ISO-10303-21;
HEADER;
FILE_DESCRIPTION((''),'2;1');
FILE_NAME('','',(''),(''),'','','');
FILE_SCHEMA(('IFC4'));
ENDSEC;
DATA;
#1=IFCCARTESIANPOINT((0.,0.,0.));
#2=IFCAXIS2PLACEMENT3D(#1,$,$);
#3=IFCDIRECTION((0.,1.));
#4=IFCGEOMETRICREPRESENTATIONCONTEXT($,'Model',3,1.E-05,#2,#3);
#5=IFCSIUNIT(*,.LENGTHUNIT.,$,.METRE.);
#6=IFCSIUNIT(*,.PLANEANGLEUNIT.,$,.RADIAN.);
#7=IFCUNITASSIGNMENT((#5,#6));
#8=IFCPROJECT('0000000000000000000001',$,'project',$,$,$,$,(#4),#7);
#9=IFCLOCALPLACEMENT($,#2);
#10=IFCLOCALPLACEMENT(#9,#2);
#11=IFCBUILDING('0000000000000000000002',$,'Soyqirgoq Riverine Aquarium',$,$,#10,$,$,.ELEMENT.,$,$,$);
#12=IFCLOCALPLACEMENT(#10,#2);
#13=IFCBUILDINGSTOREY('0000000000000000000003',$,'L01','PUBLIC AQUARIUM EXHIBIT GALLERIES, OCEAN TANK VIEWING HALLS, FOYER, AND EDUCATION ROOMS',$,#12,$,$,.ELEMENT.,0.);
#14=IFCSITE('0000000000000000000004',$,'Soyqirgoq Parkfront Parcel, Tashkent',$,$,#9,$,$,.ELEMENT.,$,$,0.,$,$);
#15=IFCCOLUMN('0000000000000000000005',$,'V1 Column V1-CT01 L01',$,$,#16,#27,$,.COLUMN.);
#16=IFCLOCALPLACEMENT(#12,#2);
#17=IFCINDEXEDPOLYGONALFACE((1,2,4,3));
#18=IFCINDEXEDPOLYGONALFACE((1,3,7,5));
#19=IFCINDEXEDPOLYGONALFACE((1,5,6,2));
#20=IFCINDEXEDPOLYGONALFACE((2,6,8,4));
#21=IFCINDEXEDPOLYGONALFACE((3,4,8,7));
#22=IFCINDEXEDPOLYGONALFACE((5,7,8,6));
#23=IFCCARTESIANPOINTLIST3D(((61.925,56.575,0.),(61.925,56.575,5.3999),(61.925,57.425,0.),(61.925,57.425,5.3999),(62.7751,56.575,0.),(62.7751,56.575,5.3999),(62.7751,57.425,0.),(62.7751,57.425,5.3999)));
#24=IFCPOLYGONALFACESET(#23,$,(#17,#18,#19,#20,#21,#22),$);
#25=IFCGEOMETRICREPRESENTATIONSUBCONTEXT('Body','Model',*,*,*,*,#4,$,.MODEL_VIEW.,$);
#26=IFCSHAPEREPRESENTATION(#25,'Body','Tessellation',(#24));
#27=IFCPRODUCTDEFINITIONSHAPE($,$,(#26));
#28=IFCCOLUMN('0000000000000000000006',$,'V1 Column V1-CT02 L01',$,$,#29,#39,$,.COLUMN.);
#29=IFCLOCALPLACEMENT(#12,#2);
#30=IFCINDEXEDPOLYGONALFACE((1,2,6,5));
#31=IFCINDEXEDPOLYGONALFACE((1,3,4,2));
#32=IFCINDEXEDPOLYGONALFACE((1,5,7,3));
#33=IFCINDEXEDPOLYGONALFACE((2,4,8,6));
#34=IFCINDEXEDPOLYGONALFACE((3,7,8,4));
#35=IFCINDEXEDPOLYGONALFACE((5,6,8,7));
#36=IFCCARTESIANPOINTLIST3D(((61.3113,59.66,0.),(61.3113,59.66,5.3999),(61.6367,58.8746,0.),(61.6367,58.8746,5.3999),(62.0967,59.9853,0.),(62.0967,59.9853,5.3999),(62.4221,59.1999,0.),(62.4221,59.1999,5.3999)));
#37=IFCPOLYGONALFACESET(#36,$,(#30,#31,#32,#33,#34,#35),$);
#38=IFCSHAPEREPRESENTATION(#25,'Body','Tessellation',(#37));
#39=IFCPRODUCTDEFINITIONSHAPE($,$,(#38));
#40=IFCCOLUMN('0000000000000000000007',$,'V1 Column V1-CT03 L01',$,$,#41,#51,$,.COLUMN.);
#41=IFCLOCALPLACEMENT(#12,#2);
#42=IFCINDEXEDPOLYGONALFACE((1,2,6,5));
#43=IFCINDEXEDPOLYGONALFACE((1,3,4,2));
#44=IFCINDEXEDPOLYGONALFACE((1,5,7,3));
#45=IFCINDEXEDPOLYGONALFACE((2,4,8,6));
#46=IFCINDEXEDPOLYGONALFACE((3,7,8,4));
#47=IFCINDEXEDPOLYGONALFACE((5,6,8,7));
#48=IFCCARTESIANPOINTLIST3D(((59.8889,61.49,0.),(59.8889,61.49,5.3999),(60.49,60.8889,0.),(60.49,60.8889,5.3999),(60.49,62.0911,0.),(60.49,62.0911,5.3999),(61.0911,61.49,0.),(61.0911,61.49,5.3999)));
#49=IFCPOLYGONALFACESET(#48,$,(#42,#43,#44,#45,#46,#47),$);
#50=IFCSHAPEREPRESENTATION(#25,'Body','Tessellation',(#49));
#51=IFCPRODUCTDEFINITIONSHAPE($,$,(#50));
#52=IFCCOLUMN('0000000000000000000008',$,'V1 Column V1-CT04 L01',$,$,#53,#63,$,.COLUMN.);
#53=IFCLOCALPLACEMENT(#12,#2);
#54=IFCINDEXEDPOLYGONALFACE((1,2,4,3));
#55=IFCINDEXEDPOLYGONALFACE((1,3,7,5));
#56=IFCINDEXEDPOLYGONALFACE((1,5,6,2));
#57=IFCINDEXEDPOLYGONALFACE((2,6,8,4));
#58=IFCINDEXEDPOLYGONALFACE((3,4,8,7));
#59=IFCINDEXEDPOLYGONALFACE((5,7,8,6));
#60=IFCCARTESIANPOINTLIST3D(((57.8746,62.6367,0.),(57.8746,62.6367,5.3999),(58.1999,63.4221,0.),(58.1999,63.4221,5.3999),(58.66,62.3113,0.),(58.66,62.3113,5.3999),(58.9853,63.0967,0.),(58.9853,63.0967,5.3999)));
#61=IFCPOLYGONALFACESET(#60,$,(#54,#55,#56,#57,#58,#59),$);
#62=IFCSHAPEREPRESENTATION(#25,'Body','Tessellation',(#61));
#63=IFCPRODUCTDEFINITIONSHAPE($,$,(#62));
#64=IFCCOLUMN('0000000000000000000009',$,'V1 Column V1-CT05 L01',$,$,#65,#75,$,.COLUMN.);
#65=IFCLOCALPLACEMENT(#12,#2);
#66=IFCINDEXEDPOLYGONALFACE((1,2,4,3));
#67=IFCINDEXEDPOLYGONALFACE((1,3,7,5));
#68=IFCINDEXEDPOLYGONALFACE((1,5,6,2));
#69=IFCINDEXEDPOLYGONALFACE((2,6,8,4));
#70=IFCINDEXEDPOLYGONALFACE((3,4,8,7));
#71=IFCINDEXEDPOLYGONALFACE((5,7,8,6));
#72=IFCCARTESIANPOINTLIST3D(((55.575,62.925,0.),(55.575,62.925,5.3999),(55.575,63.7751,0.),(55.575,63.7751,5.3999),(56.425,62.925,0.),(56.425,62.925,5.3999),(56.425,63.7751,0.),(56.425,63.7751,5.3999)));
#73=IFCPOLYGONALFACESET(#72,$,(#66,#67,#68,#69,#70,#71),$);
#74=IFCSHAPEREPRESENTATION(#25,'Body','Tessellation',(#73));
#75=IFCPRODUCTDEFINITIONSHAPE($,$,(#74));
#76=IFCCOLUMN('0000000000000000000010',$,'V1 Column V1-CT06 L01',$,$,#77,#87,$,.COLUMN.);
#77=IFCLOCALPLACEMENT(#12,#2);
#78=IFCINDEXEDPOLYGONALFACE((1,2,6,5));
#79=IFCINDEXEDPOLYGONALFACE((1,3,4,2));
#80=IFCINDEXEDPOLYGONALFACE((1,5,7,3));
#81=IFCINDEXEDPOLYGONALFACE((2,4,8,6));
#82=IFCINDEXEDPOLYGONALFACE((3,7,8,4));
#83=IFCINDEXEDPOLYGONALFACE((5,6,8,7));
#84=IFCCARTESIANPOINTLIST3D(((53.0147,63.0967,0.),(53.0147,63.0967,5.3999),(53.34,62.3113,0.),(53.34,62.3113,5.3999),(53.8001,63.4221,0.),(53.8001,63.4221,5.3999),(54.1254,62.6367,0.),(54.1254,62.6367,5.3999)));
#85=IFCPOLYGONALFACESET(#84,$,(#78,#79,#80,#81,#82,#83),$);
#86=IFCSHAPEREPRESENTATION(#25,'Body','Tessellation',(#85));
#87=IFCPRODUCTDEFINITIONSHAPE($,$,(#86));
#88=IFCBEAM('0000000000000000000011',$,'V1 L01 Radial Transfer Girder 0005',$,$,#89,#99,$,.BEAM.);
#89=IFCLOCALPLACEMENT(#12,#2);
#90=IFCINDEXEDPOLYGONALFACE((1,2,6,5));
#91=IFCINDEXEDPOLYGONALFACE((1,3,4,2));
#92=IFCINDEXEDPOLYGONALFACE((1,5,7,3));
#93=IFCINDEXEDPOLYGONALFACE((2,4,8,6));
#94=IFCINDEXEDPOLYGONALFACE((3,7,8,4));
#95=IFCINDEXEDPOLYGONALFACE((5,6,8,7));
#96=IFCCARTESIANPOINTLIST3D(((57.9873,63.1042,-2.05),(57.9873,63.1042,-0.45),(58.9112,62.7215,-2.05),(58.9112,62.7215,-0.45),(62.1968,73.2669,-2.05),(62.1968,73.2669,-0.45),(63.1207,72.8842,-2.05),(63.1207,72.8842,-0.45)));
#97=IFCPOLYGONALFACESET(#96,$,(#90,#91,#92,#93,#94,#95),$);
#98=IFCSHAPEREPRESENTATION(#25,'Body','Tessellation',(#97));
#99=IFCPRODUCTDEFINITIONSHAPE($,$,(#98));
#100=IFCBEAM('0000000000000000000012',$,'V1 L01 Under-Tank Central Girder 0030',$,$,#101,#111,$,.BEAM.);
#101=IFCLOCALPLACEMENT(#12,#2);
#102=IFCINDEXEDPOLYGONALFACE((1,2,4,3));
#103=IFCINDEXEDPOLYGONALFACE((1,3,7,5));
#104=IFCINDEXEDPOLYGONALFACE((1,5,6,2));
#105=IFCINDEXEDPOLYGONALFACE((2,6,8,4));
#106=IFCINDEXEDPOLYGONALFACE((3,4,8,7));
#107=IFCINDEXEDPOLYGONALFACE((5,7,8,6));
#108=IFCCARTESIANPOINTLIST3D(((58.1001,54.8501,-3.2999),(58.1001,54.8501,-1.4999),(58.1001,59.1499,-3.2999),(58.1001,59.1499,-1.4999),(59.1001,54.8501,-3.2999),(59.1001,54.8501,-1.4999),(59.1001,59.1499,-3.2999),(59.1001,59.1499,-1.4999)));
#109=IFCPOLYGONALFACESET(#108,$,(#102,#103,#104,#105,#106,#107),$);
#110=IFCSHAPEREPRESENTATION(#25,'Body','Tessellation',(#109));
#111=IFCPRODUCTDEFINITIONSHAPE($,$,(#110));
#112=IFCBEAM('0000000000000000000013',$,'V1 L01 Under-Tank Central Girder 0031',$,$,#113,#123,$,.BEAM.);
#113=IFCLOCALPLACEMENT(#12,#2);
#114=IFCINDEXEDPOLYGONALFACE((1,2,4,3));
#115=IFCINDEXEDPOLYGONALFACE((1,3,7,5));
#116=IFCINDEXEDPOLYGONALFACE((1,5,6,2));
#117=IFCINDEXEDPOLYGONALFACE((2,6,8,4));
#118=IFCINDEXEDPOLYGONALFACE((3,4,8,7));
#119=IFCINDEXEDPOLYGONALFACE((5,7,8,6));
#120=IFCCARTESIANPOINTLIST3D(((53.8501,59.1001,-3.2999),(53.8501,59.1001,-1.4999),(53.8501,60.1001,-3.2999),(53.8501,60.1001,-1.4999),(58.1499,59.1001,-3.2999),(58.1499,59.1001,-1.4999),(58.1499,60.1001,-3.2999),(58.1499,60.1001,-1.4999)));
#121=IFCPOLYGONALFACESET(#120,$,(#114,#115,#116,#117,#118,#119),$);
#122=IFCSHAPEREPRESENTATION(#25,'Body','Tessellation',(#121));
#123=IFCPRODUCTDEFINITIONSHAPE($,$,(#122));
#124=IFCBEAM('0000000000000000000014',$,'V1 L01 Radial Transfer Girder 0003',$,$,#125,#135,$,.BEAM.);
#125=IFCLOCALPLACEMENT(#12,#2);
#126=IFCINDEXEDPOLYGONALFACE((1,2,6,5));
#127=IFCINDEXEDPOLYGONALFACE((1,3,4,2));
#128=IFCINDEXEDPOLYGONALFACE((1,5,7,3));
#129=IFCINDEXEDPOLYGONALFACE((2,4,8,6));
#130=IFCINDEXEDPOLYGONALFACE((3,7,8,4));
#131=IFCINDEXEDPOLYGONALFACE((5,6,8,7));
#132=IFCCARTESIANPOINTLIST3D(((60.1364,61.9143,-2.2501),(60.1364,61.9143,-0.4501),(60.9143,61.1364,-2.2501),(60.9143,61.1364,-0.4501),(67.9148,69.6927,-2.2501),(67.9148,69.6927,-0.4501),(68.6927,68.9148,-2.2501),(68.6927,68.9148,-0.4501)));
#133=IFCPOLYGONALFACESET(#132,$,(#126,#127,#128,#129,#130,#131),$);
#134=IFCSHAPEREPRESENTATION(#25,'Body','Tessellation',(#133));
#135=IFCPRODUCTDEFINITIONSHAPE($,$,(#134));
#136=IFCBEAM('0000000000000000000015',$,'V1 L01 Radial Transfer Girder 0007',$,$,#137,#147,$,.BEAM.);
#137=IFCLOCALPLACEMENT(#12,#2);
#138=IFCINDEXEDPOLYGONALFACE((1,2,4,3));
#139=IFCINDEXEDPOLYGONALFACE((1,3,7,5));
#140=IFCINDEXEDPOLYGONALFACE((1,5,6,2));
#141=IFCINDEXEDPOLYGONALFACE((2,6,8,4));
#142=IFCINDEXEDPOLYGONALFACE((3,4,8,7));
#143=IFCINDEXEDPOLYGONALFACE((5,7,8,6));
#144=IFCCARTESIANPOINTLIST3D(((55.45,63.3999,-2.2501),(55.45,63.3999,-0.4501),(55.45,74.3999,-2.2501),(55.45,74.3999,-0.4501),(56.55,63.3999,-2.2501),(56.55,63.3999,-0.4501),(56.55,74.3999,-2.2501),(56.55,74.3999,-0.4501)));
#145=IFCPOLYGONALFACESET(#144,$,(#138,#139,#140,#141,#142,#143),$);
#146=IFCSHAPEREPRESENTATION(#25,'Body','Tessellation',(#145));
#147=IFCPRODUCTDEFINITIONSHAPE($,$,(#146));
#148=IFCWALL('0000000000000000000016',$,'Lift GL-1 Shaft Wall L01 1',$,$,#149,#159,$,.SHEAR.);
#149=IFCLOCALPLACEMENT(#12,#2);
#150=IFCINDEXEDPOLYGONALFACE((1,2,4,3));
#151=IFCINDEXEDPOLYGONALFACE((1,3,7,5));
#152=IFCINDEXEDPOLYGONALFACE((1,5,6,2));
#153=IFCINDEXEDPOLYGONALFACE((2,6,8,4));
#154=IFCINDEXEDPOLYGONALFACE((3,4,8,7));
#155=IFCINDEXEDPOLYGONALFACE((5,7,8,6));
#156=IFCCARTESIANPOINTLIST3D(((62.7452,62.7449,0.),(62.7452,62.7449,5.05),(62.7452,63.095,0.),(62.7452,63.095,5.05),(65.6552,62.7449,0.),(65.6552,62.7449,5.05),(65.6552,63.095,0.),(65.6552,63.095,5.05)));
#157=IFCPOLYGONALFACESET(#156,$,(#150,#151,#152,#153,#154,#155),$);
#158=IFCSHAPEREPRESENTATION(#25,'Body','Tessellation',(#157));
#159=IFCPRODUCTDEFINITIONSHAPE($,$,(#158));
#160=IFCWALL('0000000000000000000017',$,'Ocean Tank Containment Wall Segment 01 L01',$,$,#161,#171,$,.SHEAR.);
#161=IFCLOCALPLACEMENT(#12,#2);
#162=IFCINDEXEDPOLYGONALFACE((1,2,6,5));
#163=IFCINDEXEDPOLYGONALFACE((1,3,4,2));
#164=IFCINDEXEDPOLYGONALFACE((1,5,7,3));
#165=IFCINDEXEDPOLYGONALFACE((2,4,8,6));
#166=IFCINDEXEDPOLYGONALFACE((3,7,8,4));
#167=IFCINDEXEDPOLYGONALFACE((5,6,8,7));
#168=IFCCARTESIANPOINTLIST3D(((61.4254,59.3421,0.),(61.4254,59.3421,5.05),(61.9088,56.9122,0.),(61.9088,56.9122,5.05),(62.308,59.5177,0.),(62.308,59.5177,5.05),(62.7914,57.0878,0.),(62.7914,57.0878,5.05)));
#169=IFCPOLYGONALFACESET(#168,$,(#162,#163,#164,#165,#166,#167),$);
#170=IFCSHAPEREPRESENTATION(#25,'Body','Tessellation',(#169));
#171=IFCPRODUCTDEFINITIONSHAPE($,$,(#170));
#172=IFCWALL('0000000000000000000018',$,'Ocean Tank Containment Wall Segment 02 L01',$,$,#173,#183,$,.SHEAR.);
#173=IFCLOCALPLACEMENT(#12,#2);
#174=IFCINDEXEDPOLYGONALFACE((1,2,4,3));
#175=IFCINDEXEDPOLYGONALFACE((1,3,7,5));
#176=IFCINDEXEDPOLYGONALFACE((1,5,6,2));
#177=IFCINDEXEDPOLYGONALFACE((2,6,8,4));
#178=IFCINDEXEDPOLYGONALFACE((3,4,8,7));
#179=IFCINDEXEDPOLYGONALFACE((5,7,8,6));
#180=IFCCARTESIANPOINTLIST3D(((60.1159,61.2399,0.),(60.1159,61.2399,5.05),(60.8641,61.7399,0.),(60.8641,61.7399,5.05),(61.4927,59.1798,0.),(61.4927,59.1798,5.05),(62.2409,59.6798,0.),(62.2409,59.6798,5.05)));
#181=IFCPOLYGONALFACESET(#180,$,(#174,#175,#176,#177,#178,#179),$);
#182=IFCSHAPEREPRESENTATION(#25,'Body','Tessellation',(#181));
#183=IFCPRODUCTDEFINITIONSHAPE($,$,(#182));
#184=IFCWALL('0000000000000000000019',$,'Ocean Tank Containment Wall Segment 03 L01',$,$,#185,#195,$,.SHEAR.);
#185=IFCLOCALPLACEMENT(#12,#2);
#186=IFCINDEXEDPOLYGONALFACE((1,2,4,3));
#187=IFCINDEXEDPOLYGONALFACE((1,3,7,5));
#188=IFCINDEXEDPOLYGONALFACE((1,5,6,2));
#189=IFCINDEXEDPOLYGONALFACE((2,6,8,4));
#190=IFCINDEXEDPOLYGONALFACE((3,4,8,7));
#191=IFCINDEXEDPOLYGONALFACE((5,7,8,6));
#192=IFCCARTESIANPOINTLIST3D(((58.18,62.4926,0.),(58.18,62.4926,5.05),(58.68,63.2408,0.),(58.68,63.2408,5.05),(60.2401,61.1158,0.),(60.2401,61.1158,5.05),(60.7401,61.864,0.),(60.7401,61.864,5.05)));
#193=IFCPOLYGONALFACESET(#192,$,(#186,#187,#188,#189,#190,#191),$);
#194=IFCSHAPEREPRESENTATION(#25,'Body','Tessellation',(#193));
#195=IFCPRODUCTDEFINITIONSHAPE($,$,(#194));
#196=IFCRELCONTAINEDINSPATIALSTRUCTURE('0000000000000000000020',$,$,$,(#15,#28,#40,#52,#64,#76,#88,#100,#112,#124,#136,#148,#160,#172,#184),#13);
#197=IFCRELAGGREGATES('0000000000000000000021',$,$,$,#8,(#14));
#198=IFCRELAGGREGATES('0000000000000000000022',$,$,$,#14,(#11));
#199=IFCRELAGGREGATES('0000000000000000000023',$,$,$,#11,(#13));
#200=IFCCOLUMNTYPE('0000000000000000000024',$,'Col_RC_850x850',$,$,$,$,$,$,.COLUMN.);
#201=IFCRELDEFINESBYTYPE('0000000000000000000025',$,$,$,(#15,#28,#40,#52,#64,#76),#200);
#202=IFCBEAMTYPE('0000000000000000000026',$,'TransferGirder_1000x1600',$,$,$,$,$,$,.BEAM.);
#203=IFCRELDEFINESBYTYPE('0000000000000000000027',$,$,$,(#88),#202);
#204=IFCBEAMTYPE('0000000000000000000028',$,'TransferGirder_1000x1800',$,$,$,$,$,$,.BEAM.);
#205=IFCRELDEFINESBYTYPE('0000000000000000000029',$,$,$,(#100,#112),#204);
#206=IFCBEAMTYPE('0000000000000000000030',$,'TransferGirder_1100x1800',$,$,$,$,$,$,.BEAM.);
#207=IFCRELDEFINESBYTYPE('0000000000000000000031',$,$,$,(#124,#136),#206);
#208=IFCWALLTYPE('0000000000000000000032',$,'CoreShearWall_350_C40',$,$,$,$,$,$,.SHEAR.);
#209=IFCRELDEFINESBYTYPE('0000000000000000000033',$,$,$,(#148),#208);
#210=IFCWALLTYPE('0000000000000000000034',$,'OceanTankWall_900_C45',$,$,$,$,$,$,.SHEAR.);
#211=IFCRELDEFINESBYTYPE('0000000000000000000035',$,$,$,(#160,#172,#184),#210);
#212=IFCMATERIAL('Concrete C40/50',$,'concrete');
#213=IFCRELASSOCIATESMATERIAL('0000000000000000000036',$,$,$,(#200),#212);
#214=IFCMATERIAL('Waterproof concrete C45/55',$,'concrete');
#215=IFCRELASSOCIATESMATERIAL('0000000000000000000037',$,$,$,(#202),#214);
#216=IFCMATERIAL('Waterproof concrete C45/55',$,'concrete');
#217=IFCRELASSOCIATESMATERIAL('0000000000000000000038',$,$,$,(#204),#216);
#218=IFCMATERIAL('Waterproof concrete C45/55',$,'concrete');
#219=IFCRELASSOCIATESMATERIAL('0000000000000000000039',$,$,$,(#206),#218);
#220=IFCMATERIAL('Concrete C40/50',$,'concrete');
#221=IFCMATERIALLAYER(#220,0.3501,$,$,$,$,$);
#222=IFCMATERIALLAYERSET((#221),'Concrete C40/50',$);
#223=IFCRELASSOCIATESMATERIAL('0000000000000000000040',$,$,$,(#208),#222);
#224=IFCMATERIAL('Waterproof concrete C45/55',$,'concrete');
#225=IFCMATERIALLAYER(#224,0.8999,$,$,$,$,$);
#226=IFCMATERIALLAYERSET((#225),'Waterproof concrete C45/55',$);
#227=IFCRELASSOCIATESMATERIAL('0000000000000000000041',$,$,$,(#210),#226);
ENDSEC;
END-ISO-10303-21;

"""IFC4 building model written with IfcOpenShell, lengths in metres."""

from ifc_helpers import new_model, si_unit, direction, frame, frame_2d, origin, origin_2d, place, context, subcontext, project, spatial, rectangle, extrude, material, layer, layer_set, material_profile, profile_set, type_object, element, save


model = new_model("IFC4")

# Units and contexts
model_context = context("Model", 3, precision=1e-05, world=origin(), true_north=direction((0.0, 1.0)))
body_context = subcontext(model_context, "Body", "Model", "MODEL_VIEW")
ifc_project = project(units=[si_unit("LENGTHUNIT", "METRE"), si_unit("PLANEANGLEUNIT", "RADIAN")], contexts=[model_context])

# Site, building, storey
site_placement = place(None, origin())
site = spatial("IfcSite", under=ifc_project, at=site_placement, Name="Soyqirgoq Parkfront Parcel, Tashkent", CompositionType="ELEMENT", RefElevation=0.0)
building_placement = place(site_placement, origin())
building = spatial("IfcBuilding", under=site, at=building_placement, Name="Soyqirgoq Riverine Aquarium", CompositionType="ELEMENT")
storey_placement = place(building_placement, origin())
storey = spatial("IfcBuildingStorey", under=building, at=storey_placement, Name="L01", Description="PUBLIC AQUARIUM EXHIBIT GALLERIES, OCEAN TANK VIEWING HALLS, FOYER, AND EDUCATION ROOMS", CompositionType="ELEMENT", Elevation=0.0)

# Columns
ifc_material_1 = material(Name="Concrete C40/50", Category="concrete")
ifc_material_profile_1 = material_profile(ifc_material_1, rectangle(XDim=0.8501, YDim=0.8501, at=origin_2d()), Name="RC 850x850")
ifc_profile_set_1 = profile_set([ifc_material_profile_1], Name="Concrete C40/50")
column_type = type_object("IfcColumnType", Name="Col_RC_850x850", PredefinedType="COLUMN", material=ifc_profile_set_1)
for number, where, z_axis, x_axis, name in (
    (1, (62.3501, 57.0, 0.0), (0.0, 0.0, 1.0), (1.0, 0.0, 0.0), "V1 Column V1-CT01 L01"),
    (2, (61.8667, 59.4299, 0.0), (0.0, 0.0, 1.0), (0.92388, 0.382683, 0.0), "V1 Column V1-CT02 L01"),
    (3, (60.49, 61.49, 0.0), (0.0, 0.0, 1.0), (0.707107, 0.707107, 0.0), "V1 Column V1-CT03 L01"),
    (4, (58.4299, 62.8667, 0.0), (0.0, 0.0, 1.0), (0.382683, 0.92388, 0.0), "V1 Column V1-CT04 L01"),
    (5, (56.0, 63.3501, 0.0), (0.0, 0.0, 1.0), (0.0, 1.0, 0.0), "V1 Column V1-CT05 L01"),
    (6, (53.5701, 62.8667, 0.0), (0.0, 0.0, 1.0), (-0.382683, 0.92388, 0.0), "V1 Column V1-CT06 L01"),
):
    element("IfcColumn", number, at=place(storey_placement, frame(where, z_axis=z_axis, x_axis=x_axis)), inside=storey, type_object=column_type, Name=name, PredefinedType="COLUMN", context=body_context, shape_type="SweptSolid", body=[
        extrude(rectangle(XDim=0.8501, YDim=0.8501, at=origin_2d()), origin(), (0.0, 0.0, 1.0), 5.3999),
    ])

# Beams
ifc_material_2 = material(Name="Waterproof concrete C45/55", Category="concrete")
ifc_material_profile_2 = material_profile(ifc_material_2, rectangle(XDim=1.0, YDim=1.6001, at=origin_2d()), Name="RC 1000x1600")
ifc_profile_set_2 = profile_set([ifc_material_profile_2], Name="Waterproof concrete C45/55")
beam_type_1 = type_object("IfcBeamType", Name="TransferGirder_1000x1600", PredefinedType="BEAM", material=ifc_profile_set_2)
beam_1_placement = place(storey_placement, frame((58.4492, 62.9128, -1.25), z_axis=(0.382682, 0.92388, 0.0), x_axis=(-0.92388, 0.382682, 0.0)))
element("IfcBeam", 7, at=beam_1_placement, inside=storey, type_object=beam_type_1, Name="V1 L01 Radial Transfer Girder 0005", PredefinedType="BEAM", context=body_context, shape_type="SweptSolid", body=[
    extrude(rectangle(XDim=1.0, YDim=1.6001, at=origin_2d()), origin(), (0.0, 0.0, 1.0), 11.0),
])
ifc_material_3 = material(Name="Waterproof concrete C45/55", Category="concrete")
ifc_material_profile_3 = material_profile(ifc_material_3, rectangle(XDim=1.0, YDim=1.8, at=origin_2d()), Name="RC 1000x1800")
ifc_profile_set_3 = profile_set([ifc_material_profile_3], Name="Waterproof concrete C45/55")
beam_type_2 = type_object("IfcBeamType", Name="TransferGirder_1000x1800", PredefinedType="BEAM", material=ifc_profile_set_3)
for number, where, z_axis, x_axis, name in (
    (8, (58.6001, 54.8501, -2.3999), (0.0, 1.0, 0.0), (-1.0, 0.0, 0.0), "V1 L01 Under-Tank Central Girder 0030"),
    (9, (58.1499, 59.6001, -2.3999), (-1.0, 0.0, 0.0), (0.0, -1.0, 0.0), "V1 L01 Under-Tank Central Girder 0031"),
):
    element("IfcBeam", number, at=place(storey_placement, frame(where, z_axis=z_axis, x_axis=x_axis)), inside=storey, type_object=beam_type_2, Name=name, PredefinedType="BEAM", context=body_context, shape_type="SweptSolid", body=[
        extrude(rectangle(XDim=1.0, YDim=1.8, at=origin_2d()), origin(), (0.0, 0.0, 1.0), 4.2998),
    ])
ifc_material_4 = material(Name="Waterproof concrete C45/55", Category="concrete")
ifc_material_profile_4 = material_profile(ifc_material_4, rectangle(XDim=1.1001, YDim=1.8, at=origin_2d()), Name="RC 1100x1800")
ifc_profile_set_4 = profile_set([ifc_material_profile_4], Name="Waterproof concrete C45/55")
beam_type_3 = type_object("IfcBeamType", Name="TransferGirder_1100x1800", PredefinedType="BEAM", material=ifc_profile_set_4)
beam_2_placement = place(storey_placement, frame((60.5254, 61.5254, -1.3501), z_axis=(0.707107, 0.707107, 0.0), x_axis=(-0.707107, 0.707107, 0.0)))
element("IfcBeam", 10, at=beam_2_placement, inside=storey, type_object=beam_type_3, Name="V1 L01 Radial Transfer Girder 0003", PredefinedType="BEAM", context=body_context, shape_type="SweptSolid", body=[
    extrude(rectangle(XDim=1.1001, YDim=1.8, at=origin_2d()), origin(), (0.0, 0.0, 1.0), 11.0002),
])
beam_3_placement = place(storey_placement, frame((56.0, 63.3999, -1.3501), z_axis=(0.0, 1.0, 0.0), x_axis=(-1.0, 0.0, 0.0)))
element("IfcBeam", 11, at=beam_3_placement, inside=storey, type_object=beam_type_3, Name="V1 L01 Radial Transfer Girder 0007", PredefinedType="BEAM", context=body_context, shape_type="SweptSolid", body=[
    extrude(rectangle(XDim=1.1001, YDim=1.8, at=origin_2d()), origin(), (0.0, 0.0, 1.0), 11.0),
])

# Walls
ifc_material_5 = material(Name="Concrete C40/50", Category="concrete")
ifc_layer_1 = layer(ifc_material_5, 0.3501)
ifc_layer_set_1 = layer_set([ifc_layer_1], Name="Concrete C40/50")
wall_type_1 = type_object("IfcWallType", Name="CoreShearWall_350_C40", PredefinedType="SHEAR", material=ifc_layer_set_1)
wall_1_placement = place(storey_placement, frame((62.7451, 62.9199, 0.0), z_axis=(0.0, 0.0, 1.0), x_axis=(1.0, 0.0, 0.0)))
element("IfcWall", 12, at=wall_1_placement, inside=storey, type_object=wall_type_1, Name="Lift GL-1 Shaft Wall L01 1", PredefinedType="SHEAR", context=body_context, shape_type="SweptSolid", body=[
    extrude(rectangle(XDim=2.9099, YDim=0.3501, at=frame_2d((1.4551, 0.0))), origin(), (0.0, 0.0, 1.0), 5.05),
])
ifc_material_6 = material(Name="Waterproof concrete C45/55", Category="concrete")
ifc_layer_2 = layer(ifc_material_6, 0.8999)
ifc_layer_set_2 = layer_set([ifc_layer_2], Name="Waterproof concrete C45/55")
wall_type_2 = type_object("IfcWallType", Name="OceanTankWall_900_C45", PredefinedType="SHEAR", material=ifc_layer_set_2)
wall_2_placement = place(storey_placement, frame((62.3501, 57.0, 0.0), z_axis=(0.0, 0.0, 1.0), x_axis=(-0.195112, 0.980781, 0.0)))
element("IfcWall", 13, at=wall_2_placement, inside=storey, type_object=wall_type_2, Name="Ocean Tank Containment Wall Segment 01 L01", PredefinedType="SHEAR", context=body_context, shape_type="SweptSolid", body=[
    extrude(rectangle(XDim=2.4775, YDim=0.8999, at=frame_2d((1.2388, 0.0))), origin(), (0.0, 0.0, 1.0), 5.05),
])
for number, where, z_axis, x_axis, name in (
    (14, (61.8667, 59.4299, 0.0), (0.0, 0.0, 1.0), (-0.555632, 0.831428, 0.0), "Ocean Tank Containment Wall Segment 02 L01"),
    (15, (60.49, 61.49, 0.0), (0.0, 0.0, 1.0), (-0.831428, 0.555632, 0.0), "Ocean Tank Containment Wall Segment 03 L01"),
):
    element("IfcWall", number, at=place(storey_placement, frame(where, z_axis=z_axis, x_axis=x_axis)), inside=storey, type_object=wall_type_2, Name=name, PredefinedType="SHEAR", context=body_context, shape_type="SweptSolid", body=[
        extrude(rectangle(XDim=2.4778, YDim=0.8999, at=frame_2d((1.2388, 0.0))), origin(), (0.0, 0.0, 1.0), 5.05),
    ])

save(model, "model.ifc")
